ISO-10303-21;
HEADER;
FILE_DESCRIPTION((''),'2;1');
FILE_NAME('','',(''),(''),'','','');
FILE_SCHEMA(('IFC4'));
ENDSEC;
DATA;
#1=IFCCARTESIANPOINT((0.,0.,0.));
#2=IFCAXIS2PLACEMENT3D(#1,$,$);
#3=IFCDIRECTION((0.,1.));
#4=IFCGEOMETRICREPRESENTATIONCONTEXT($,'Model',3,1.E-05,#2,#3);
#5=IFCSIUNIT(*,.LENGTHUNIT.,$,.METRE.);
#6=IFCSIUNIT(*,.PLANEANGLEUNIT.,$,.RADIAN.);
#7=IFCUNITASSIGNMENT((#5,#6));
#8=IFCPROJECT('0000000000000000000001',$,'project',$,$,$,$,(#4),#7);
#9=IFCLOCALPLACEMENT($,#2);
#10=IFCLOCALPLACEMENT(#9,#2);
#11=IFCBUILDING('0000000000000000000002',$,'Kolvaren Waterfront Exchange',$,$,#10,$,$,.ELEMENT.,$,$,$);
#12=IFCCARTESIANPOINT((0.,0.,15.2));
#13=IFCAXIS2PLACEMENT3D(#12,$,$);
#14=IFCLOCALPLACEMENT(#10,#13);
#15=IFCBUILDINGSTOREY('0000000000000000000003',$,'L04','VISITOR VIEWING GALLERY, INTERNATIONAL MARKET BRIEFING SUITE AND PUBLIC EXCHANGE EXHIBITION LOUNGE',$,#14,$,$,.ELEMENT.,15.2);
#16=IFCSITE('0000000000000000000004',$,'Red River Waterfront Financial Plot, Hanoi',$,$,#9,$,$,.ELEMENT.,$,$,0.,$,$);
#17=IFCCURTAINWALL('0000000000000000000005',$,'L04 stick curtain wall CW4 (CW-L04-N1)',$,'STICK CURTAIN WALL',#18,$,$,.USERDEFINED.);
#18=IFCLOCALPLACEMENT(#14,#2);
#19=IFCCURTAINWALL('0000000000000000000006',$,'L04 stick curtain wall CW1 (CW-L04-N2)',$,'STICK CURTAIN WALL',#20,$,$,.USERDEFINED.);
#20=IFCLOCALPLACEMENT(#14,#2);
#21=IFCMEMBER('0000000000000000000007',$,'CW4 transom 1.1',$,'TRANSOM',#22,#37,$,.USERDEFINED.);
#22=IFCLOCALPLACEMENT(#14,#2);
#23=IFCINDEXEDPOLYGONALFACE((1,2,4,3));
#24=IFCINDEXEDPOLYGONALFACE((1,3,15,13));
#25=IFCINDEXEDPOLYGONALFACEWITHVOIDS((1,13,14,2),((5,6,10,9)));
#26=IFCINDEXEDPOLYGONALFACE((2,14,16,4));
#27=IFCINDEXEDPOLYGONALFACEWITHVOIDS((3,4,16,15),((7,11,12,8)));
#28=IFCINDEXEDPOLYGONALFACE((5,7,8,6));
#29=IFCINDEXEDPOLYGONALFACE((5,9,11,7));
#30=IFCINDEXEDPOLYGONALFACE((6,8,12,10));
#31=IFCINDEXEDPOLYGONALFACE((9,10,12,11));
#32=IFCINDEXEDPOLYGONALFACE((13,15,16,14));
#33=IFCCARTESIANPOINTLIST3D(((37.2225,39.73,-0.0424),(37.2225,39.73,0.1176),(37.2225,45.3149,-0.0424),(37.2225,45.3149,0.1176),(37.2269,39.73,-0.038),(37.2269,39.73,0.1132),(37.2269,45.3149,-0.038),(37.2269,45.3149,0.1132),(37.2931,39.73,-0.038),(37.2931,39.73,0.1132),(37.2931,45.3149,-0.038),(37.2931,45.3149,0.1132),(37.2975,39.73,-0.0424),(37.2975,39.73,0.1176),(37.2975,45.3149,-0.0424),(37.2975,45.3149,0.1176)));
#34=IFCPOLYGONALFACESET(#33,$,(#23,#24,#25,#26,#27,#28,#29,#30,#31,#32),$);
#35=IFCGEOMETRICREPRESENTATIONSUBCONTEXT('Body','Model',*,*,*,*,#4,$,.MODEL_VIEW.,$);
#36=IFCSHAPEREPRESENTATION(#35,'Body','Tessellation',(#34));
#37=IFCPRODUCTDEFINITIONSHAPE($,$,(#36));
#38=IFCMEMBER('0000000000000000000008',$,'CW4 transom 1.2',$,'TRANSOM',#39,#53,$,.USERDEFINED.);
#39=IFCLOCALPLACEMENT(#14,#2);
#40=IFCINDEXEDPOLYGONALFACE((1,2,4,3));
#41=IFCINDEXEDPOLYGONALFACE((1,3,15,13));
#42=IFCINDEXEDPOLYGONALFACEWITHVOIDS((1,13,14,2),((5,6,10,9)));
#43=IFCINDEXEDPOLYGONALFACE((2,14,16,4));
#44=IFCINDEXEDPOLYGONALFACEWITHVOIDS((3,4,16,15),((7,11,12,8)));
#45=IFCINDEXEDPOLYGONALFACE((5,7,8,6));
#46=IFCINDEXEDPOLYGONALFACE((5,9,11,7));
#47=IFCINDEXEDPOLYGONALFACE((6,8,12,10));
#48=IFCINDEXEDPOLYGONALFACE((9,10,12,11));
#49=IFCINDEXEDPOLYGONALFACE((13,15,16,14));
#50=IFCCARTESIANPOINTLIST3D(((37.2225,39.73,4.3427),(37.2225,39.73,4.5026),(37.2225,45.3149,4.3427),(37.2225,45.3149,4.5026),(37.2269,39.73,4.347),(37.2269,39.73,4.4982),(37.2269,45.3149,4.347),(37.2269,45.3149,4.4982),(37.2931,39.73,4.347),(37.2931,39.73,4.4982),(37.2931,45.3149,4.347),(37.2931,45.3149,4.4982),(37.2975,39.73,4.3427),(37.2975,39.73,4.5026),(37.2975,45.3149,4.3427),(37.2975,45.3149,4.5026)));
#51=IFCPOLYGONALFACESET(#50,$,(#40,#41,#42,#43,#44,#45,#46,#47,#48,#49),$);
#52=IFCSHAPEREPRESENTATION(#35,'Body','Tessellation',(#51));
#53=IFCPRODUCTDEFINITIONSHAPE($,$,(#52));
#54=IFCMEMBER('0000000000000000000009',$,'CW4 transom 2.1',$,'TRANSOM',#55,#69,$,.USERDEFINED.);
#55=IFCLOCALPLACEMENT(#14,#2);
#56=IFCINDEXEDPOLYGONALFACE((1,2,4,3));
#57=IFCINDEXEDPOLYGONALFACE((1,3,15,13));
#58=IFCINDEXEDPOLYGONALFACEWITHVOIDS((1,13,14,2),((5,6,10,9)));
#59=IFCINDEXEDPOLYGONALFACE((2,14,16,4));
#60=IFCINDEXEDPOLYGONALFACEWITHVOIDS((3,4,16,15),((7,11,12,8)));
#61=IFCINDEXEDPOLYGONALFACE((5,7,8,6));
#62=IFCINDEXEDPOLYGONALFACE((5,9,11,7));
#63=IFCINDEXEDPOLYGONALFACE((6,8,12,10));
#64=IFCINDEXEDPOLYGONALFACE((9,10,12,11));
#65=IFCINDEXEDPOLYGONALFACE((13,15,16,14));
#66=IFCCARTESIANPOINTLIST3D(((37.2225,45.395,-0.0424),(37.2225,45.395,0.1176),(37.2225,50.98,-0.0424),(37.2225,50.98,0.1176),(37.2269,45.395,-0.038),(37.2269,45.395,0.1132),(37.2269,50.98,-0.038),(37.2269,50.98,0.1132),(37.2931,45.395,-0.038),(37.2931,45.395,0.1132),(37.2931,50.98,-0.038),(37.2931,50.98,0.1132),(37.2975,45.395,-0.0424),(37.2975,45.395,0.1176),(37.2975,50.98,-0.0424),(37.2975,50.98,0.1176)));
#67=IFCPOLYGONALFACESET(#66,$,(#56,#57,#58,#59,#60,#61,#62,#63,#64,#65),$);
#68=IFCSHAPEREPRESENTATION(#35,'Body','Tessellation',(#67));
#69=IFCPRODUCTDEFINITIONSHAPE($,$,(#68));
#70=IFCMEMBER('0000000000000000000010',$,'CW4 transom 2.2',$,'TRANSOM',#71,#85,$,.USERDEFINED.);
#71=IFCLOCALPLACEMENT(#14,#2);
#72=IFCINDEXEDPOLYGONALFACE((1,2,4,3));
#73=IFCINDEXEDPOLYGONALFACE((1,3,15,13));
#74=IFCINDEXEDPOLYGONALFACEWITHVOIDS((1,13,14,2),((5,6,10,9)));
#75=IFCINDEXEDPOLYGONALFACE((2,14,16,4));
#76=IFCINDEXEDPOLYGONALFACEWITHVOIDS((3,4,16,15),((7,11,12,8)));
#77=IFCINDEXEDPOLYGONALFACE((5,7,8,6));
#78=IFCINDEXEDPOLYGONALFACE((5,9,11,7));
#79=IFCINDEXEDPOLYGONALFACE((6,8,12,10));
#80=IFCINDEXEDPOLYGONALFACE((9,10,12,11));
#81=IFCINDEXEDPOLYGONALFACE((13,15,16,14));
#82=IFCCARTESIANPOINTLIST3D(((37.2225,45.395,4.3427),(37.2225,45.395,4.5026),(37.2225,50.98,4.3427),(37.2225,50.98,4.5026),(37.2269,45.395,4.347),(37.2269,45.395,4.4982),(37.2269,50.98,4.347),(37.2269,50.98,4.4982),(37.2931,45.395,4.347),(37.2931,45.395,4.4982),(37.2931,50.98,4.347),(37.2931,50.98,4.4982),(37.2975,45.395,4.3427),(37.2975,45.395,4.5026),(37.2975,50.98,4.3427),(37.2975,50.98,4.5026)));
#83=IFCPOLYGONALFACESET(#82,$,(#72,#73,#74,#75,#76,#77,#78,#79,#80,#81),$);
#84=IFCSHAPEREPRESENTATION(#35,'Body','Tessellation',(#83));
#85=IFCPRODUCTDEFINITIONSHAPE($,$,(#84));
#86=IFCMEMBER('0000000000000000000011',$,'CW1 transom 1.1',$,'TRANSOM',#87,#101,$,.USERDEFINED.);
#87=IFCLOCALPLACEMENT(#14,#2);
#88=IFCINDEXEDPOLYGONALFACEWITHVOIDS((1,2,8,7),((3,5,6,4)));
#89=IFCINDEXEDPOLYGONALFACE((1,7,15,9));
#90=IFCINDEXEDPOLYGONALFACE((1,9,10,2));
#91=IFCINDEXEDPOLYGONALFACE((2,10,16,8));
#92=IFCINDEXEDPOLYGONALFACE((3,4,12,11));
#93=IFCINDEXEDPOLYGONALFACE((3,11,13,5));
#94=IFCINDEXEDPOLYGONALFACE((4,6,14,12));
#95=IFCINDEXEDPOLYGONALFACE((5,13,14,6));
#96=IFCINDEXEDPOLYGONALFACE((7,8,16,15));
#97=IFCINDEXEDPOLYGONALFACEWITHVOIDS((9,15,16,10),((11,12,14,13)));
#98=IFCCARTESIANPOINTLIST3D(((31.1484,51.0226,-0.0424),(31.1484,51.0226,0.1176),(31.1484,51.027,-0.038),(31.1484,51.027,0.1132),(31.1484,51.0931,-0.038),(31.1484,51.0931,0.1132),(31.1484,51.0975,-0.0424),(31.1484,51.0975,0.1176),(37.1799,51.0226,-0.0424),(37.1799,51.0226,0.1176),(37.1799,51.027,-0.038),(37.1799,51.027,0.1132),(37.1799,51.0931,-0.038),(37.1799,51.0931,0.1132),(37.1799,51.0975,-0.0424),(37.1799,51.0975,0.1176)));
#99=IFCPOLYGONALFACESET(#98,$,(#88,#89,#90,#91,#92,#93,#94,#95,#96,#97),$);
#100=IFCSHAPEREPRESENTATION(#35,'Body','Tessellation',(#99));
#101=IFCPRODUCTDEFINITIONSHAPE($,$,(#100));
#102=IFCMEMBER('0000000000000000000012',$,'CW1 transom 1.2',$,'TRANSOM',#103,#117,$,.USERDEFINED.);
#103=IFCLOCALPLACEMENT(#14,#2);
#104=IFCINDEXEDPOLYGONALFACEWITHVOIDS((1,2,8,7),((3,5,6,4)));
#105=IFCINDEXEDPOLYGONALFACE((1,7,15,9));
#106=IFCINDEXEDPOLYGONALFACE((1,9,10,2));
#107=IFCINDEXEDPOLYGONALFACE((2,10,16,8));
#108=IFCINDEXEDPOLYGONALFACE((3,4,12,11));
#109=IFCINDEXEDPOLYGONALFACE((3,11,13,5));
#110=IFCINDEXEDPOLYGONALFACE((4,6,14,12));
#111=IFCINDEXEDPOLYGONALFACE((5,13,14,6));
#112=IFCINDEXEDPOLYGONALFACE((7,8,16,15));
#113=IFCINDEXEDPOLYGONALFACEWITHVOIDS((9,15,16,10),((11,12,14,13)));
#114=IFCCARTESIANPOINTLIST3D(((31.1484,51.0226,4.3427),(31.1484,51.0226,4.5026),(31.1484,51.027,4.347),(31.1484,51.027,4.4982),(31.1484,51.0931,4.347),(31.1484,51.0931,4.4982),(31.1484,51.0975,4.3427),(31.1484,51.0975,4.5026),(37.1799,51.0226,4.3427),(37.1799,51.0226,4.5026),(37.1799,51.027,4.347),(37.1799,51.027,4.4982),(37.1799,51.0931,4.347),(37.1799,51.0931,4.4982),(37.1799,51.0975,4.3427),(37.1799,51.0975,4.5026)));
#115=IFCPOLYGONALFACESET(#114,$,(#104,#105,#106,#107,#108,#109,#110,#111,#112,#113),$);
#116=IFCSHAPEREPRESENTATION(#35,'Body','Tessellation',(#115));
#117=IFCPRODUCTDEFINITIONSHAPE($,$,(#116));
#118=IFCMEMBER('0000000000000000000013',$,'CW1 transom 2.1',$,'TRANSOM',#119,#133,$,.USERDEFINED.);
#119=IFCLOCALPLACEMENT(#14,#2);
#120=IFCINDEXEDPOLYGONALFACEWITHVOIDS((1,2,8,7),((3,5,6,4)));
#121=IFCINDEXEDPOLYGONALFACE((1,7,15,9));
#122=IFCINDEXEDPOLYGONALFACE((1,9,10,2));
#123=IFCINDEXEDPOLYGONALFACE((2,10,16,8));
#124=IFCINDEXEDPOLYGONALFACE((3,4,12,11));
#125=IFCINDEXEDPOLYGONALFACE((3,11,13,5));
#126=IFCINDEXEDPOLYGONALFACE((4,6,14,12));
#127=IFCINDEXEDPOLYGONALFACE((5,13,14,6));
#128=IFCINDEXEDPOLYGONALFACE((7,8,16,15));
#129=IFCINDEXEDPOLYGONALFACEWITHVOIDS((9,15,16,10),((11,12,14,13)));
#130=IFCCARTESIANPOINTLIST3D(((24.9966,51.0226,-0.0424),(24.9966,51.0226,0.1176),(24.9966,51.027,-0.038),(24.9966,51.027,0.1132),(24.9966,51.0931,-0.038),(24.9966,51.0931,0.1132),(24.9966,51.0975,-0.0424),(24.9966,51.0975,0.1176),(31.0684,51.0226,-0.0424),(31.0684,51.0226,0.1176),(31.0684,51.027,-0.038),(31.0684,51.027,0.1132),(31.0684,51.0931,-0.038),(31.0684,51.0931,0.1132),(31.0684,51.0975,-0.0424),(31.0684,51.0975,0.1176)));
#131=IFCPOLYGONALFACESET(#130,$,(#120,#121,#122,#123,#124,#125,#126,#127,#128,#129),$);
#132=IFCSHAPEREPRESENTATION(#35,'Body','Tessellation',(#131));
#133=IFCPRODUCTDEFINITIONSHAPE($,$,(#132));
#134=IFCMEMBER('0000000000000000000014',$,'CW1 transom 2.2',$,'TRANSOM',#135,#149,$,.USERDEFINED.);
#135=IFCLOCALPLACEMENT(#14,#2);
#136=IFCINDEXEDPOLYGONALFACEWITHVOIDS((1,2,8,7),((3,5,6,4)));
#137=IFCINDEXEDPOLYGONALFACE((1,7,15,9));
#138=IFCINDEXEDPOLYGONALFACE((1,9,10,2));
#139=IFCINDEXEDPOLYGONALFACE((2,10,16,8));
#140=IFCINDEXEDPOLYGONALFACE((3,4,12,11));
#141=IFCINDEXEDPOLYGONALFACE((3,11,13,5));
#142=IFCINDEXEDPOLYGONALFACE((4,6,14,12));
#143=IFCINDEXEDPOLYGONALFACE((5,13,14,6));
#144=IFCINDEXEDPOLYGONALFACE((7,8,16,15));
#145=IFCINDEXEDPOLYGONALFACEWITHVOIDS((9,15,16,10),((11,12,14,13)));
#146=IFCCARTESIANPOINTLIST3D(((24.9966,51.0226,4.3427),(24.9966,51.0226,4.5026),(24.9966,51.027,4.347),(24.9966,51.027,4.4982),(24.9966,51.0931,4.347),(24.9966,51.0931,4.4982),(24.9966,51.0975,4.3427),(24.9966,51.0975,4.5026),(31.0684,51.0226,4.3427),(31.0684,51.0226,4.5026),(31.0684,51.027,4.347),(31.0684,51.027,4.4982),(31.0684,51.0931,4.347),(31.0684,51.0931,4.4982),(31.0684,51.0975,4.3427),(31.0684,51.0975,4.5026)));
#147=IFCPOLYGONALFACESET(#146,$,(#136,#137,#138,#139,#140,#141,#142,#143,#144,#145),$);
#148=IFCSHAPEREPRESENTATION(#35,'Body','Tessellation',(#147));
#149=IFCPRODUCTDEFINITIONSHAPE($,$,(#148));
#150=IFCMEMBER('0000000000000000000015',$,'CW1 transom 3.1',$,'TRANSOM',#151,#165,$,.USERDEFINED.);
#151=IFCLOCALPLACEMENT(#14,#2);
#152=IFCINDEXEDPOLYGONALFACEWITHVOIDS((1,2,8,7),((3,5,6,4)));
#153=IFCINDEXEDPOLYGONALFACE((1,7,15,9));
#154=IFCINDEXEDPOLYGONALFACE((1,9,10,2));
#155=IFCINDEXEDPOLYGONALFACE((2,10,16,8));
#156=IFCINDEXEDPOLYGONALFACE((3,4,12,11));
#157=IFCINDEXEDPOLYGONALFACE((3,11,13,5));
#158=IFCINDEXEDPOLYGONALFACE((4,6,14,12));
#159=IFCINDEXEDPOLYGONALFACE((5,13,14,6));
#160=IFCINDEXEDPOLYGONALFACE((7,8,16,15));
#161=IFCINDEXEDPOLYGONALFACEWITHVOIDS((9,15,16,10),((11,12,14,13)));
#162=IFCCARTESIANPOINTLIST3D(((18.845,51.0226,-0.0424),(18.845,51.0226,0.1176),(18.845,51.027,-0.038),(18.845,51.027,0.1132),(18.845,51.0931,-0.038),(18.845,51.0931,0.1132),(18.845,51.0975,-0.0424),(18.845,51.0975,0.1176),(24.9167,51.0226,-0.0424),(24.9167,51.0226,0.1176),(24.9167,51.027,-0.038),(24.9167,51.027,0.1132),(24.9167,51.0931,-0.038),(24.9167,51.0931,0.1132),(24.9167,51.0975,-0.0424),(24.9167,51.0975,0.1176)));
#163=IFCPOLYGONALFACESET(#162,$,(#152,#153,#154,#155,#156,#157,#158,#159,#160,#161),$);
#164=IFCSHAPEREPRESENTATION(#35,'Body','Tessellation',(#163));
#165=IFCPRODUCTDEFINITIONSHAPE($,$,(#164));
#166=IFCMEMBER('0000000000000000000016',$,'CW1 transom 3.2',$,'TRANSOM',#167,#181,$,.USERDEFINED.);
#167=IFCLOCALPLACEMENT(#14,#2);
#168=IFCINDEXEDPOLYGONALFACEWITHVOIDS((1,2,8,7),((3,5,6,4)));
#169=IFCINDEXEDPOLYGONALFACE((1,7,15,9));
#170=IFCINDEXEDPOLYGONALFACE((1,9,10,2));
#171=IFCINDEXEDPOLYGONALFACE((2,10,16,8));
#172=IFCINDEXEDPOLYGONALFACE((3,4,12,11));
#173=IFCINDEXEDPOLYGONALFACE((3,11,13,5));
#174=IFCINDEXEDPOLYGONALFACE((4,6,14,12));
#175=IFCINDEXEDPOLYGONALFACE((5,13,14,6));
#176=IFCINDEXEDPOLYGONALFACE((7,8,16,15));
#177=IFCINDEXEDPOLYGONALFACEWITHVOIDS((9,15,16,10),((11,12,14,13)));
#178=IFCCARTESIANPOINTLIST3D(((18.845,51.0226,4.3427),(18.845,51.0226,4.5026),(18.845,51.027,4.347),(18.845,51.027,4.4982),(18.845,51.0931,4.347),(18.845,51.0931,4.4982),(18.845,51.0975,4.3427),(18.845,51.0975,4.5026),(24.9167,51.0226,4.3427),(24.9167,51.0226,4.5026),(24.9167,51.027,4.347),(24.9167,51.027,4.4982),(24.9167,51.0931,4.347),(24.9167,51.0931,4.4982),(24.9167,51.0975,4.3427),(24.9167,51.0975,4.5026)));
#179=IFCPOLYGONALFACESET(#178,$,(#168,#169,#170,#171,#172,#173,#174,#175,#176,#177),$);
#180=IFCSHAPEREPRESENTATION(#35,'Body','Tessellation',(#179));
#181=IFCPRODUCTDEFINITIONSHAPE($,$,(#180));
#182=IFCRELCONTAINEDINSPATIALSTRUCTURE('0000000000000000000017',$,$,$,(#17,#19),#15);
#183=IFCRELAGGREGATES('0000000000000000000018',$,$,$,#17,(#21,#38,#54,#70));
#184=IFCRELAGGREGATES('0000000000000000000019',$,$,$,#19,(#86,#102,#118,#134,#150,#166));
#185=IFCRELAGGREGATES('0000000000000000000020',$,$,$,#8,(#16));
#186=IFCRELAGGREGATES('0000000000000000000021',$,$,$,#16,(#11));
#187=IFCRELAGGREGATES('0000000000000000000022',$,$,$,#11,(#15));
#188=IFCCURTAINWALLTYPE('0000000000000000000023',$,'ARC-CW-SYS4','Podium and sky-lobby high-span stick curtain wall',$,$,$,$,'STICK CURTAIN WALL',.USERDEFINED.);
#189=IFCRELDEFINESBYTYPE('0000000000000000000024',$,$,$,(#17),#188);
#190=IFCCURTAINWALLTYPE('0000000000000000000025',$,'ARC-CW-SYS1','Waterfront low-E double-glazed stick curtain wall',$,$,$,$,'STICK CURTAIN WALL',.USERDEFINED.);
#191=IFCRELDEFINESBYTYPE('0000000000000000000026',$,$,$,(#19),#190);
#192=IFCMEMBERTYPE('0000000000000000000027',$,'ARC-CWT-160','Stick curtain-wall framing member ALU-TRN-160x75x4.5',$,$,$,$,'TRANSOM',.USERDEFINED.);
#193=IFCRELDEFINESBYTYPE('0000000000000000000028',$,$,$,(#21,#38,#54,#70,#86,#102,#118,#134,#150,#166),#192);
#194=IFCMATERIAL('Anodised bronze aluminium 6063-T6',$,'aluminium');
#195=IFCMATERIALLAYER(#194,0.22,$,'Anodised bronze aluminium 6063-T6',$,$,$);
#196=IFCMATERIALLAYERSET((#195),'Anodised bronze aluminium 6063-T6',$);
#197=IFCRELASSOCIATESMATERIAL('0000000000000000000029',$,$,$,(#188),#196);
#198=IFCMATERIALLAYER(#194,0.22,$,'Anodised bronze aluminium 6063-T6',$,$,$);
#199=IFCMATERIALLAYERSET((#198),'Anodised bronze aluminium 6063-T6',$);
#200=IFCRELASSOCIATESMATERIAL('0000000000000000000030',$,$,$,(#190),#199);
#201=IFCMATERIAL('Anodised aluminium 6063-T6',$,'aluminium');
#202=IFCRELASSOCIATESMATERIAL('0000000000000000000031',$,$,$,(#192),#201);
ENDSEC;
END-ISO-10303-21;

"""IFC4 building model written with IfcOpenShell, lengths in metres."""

from ifc_helpers import new_model, si_unit, direction, frame, origin, origin_with_axes, origin_2d, place, context, subcontext, project, spatial, hollow_rectangle, extrude, source, transform, mapped, material, layer, layer_set, material_profile, profile_set, type_object, element, aggregate, save


model = new_model("IFC4")

# Units and contexts
model_context = context("Model", 3, precision=1e-05, world=origin(), true_north=direction((0.0, 1.0)))
body_context = subcontext(model_context, "Body", "Model", "MODEL_VIEW")
ifc_project = project(units=[si_unit("LENGTHUNIT", "METRE"), si_unit("PLANEANGLEUNIT", "RADIAN")], contexts=[model_context])

# Site, building, storey
site_placement = place(None, origin())
site = spatial("IfcSite", under=ifc_project, at=site_placement, Name="Red River Waterfront Financial Plot, Hanoi", CompositionType="ELEMENT", RefElevation=0.0)
building_placement = place(site_placement, origin())
building = spatial("IfcBuilding", under=site, at=building_placement, Name="Kolvaren Waterfront Exchange", CompositionType="ELEMENT")
storey_placement = place(building_placement, frame((0.0, 0.0, 15.2)))
storey = spatial("IfcBuildingStorey", under=building, at=storey_placement, Name="L04", Description="VISITOR VIEWING GALLERY, INTERNATIONAL MARKET BRIEFING SUITE AND PUBLIC EXCHANGE EXHIBITION LOUNGE", CompositionType="ELEMENT", Elevation=15.2)

# Curtain walls
ifc_material_1 = material(Name="Anodised bronze aluminium 6063-T6", Category="aluminium")
ifc_layer_1 = layer(ifc_material_1, 0.22, Name="Anodised bronze aluminium 6063-T6")
ifc_layer_set_1 = layer_set([ifc_layer_1], Name="Anodised bronze aluminium 6063-T6")
curtain_wall_type_1 = type_object("IfcCurtainWallType", Name="ARC-CW-SYS4", Description="Podium and sky-lobby high-span stick curtain wall", ElementType="STICK CURTAIN WALL", PredefinedType="USERDEFINED", material=ifc_layer_set_1)
curtain_wall_1_placement = place(storey_placement, origin())
curtain_wall_1 = element("IfcCurtainWall", 1, at=curtain_wall_1_placement, inside=storey, type_object=curtain_wall_type_1, Name="L04 stick curtain wall CW4 (CW-L04-N1)", ObjectType="STICK CURTAIN WALL", PredefinedType="USERDEFINED")
ifc_material_2 = material(Name="Anodised aluminium 6063-T6", Category="aluminium")
ifc_layer_2 = layer(ifc_material_1, 0.22, Name="Anodised bronze aluminium 6063-T6")
ifc_layer_set_2 = layer_set([ifc_layer_2], Name="Anodised bronze aluminium 6063-T6")
curtain_wall_type_2 = type_object("IfcCurtainWallType", Name="ARC-CW-SYS1", Description="Waterfront low-E double-glazed stick curtain wall", ElementType="STICK CURTAIN WALL", PredefinedType="USERDEFINED", material=ifc_layer_set_2)
curtain_wall_2_placement = place(storey_placement, origin())
curtain_wall_2 = element("IfcCurtainWall", 2, at=curtain_wall_2_placement, inside=storey, type_object=curtain_wall_type_2, Name="L04 stick curtain wall CW1 (CW-L04-N2)", ObjectType="STICK CURTAIN WALL", PredefinedType="USERDEFINED")

# Members
ifc_material_profile_1 = material_profile(ifc_material_2, hollow_rectangle(XDim=0.075, YDim=0.1599, WallThickness=0.0044, at=origin_2d()), Name="ALU-TRN-160x75x4.5")
ifc_profile_set_1 = profile_set([ifc_material_profile_1], Name="Anodised aluminium 6063-T6")
member_type_1 = type_object("IfcMemberType", Name="ARC-CWT-160", Description="Stick curtain-wall framing member ALU-TRN-160x75x4.5", ElementType="TRANSOM", PredefinedType="USERDEFINED", material=ifc_profile_set_1)
shared_shape_1 = source(origin_with_axes(), body_context, "Body", "SweptSolid", [
    extrude(hollow_rectangle(XDim=0.075, YDim=0.1599, WallThickness=0.0044, at=origin_2d()), origin(), (0.0, 0.0, 1.0), 5.585),
])
member_1_placement = place(storey_placement, frame((37.26, 39.73, 0.0376), z_axis=(0.0, 1.0, 0.0), x_axis=(-1.0, 0.0, 0.0)))
member_1 = element("IfcMember", 3, at=member_1_placement, type_object=member_type_1, Name="CW4 transom 1.1", ObjectType="TRANSOM", PredefinedType="USERDEFINED", context=body_context, shape_type="MappedRepresentation", body=[
    mapped(shared_shape_1, transform((0.0, 0.0, 0.0), x_axis=(1.0, 0.0, 0.0), y_axis=(0.0, 1.0, 0.0), z_axis=(0.0, 0.0, 1.0), scale=1.0)),
])
member_2_placement = place(storey_placement, frame((37.26, 39.73, 4.4226), z_axis=(0.0, 1.0, 0.0), x_axis=(-1.0, 0.0, 0.0)))
member_2 = element("IfcMember", 4, at=member_2_placement, type_object=member_type_1, Name="CW4 transom 1.2", ObjectType="TRANSOM", PredefinedType="USERDEFINED", context=body_context, shape_type="MappedRepresentation", body=[
    mapped(shared_shape_1, transform((0.0, 0.0, 0.0), x_axis=(1.0, 0.0, 0.0), y_axis=(0.0, 1.0, 0.0), z_axis=(0.0, 0.0, 1.0), scale=1.0)),
])
member_3_placement = place(storey_placement, frame((37.26, 45.395, 0.0376), z_axis=(0.0, 1.0, 0.0), x_axis=(-1.0, 0.0, 0.0)))
member_3 = element("IfcMember", 5, at=member_3_placement, type_object=member_type_1, Name="CW4 transom 2.1", ObjectType="TRANSOM", PredefinedType="USERDEFINED", context=body_context, shape_type="MappedRepresentation", body=[
    mapped(shared_shape_1, transform((0.0, 0.0, 0.0), x_axis=(1.0, 0.0, 0.0), y_axis=(0.0, 1.0, 0.0), z_axis=(0.0, 0.0, 1.0), scale=1.0)),
])
member_4_placement = place(storey_placement, frame((37.26, 45.395, 4.4226), z_axis=(0.0, 1.0, 0.0), x_axis=(-1.0, 0.0, 0.0)))
member_4 = element("IfcMember", 6, at=member_4_placement, type_object=member_type_1, Name="CW4 transom 2.2", ObjectType="TRANSOM", PredefinedType="USERDEFINED", context=body_context, shape_type="MappedRepresentation", body=[
    mapped(shared_shape_1, transform((0.0, 0.0, 0.0), x_axis=(1.0, 0.0, 0.0), y_axis=(0.0, 1.0, 0.0), z_axis=(0.0, 0.0, 1.0), scale=1.0)),
])
shared_shape_2 = source(origin_with_axes(), body_context, "Body", "SweptSolid", [
    extrude(hollow_rectangle(XDim=0.075, YDim=0.1599, WallThickness=0.0044, at=origin_2d()), origin(), (0.0, 0.0, 1.0), 6.0315),
])
member_5_placement = place(storey_placement, frame((37.1799, 51.0601, 0.0376), z_axis=(-1.0, 0.0, 0.0), x_axis=(0.0, -1.0, 0.0)))
member_5 = element("IfcMember", 7, at=member_5_placement, type_object=member_type_1, Name="CW1 transom 1.1", ObjectType="TRANSOM", PredefinedType="USERDEFINED", context=body_context, shape_type="MappedRepresentation", body=[
    mapped(shared_shape_2, transform((0.0, 0.0, 0.0), x_axis=(1.0, 0.0, 0.0), y_axis=(0.0, 1.0, 0.0), z_axis=(0.0, 0.0, 1.0), scale=1.0)),
])
member_6_placement = place(storey_placement, frame((37.1799, 51.0601, 4.4226), z_axis=(-1.0, 0.0, 0.0), x_axis=(0.0, -1.0, 0.0)))
member_6 = element("IfcMember", 8, at=member_6_placement, type_object=member_type_1, Name="CW1 transom 1.2", ObjectType="TRANSOM", PredefinedType="USERDEFINED", context=body_context, shape_type="MappedRepresentation", body=[
    mapped(shared_shape_2, transform((0.0, 0.0, 0.0), x_axis=(1.0, 0.0, 0.0), y_axis=(0.0, 1.0, 0.0), z_axis=(0.0, 0.0, 1.0), scale=1.0)),
])
shared_shape_3 = source(origin_with_axes(), body_context, "Body", "SweptSolid", [
    extrude(hollow_rectangle(XDim=0.075, YDim=0.1599, WallThickness=0.0044, at=origin_2d()), origin(), (0.0, 0.0, 1.0), 6.0718),
])
member_7_placement = place(storey_placement, frame((31.0684, 51.0601, 0.0376), z_axis=(-1.0, 0.0, 0.0), x_axis=(0.0, -1.0, 0.0)))
member_7 = element("IfcMember", 9, at=member_7_placement, type_object=member_type_1, Name="CW1 transom 2.1", ObjectType="TRANSOM", PredefinedType="USERDEFINED", context=body_context, shape_type="MappedRepresentation", body=[
    mapped(shared_shape_3, transform((0.0, 0.0, 0.0), x_axis=(1.0, 0.0, 0.0), y_axis=(0.0, 1.0, 0.0), z_axis=(0.0, 0.0, 1.0), scale=1.0)),
])
member_8_placement = place(storey_placement, frame((31.0684, 51.0601, 4.4226), z_axis=(-1.0, 0.0, 0.0), x_axis=(0.0, -1.0, 0.0)))
member_8 = element("IfcMember", 10, at=member_8_placement, type_object=member_type_1, Name="CW1 transom 2.2", ObjectType="TRANSOM", PredefinedType="USERDEFINED", context=body_context, shape_type="MappedRepresentation", body=[
    mapped(shared_shape_3, transform((0.0, 0.0, 0.0), x_axis=(1.0, 0.0, 0.0), y_axis=(0.0, 1.0, 0.0), z_axis=(0.0, 0.0, 1.0), scale=1.0)),
])
member_9_placement = place(storey_placement, frame((24.9167, 51.0601, 0.0376), z_axis=(-1.0, 0.0, 0.0), x_axis=(0.0, -1.0, 0.0)))
member_9 = element("IfcMember", 11, at=member_9_placement, type_object=member_type_1, Name="CW1 transom 3.1", ObjectType="TRANSOM", PredefinedType="USERDEFINED", context=body_context, shape_type="MappedRepresentation", body=[
    mapped(shared_shape_3, transform((0.0, 0.0, 0.0), x_axis=(1.0, 0.0, 0.0), y_axis=(0.0, 1.0, 0.0), z_axis=(0.0, 0.0, 1.0), scale=1.0)),
])
member_10_placement = place(storey_placement, frame((24.9167, 51.0601, 4.4226), z_axis=(-1.0, 0.0, 0.0), x_axis=(0.0, -1.0, 0.0)))
member_10 = element("IfcMember", 12, at=member_10_placement, type_object=member_type_1, Name="CW1 transom 3.2", ObjectType="TRANSOM", PredefinedType="USERDEFINED", context=body_context, shape_type="MappedRepresentation", body=[
    mapped(shared_shape_3, transform((0.0, 0.0, 0.0), x_axis=(1.0, 0.0, 0.0), y_axis=(0.0, 1.0, 0.0), z_axis=(0.0, 0.0, 1.0), scale=1.0)),
])

aggregate(curtain_wall_1, [member_1, member_2, member_3, member_4])
aggregate(curtain_wall_2, [member_5, member_6, member_7, member_8, member_9, member_10])

save(model, "model.ifc")
